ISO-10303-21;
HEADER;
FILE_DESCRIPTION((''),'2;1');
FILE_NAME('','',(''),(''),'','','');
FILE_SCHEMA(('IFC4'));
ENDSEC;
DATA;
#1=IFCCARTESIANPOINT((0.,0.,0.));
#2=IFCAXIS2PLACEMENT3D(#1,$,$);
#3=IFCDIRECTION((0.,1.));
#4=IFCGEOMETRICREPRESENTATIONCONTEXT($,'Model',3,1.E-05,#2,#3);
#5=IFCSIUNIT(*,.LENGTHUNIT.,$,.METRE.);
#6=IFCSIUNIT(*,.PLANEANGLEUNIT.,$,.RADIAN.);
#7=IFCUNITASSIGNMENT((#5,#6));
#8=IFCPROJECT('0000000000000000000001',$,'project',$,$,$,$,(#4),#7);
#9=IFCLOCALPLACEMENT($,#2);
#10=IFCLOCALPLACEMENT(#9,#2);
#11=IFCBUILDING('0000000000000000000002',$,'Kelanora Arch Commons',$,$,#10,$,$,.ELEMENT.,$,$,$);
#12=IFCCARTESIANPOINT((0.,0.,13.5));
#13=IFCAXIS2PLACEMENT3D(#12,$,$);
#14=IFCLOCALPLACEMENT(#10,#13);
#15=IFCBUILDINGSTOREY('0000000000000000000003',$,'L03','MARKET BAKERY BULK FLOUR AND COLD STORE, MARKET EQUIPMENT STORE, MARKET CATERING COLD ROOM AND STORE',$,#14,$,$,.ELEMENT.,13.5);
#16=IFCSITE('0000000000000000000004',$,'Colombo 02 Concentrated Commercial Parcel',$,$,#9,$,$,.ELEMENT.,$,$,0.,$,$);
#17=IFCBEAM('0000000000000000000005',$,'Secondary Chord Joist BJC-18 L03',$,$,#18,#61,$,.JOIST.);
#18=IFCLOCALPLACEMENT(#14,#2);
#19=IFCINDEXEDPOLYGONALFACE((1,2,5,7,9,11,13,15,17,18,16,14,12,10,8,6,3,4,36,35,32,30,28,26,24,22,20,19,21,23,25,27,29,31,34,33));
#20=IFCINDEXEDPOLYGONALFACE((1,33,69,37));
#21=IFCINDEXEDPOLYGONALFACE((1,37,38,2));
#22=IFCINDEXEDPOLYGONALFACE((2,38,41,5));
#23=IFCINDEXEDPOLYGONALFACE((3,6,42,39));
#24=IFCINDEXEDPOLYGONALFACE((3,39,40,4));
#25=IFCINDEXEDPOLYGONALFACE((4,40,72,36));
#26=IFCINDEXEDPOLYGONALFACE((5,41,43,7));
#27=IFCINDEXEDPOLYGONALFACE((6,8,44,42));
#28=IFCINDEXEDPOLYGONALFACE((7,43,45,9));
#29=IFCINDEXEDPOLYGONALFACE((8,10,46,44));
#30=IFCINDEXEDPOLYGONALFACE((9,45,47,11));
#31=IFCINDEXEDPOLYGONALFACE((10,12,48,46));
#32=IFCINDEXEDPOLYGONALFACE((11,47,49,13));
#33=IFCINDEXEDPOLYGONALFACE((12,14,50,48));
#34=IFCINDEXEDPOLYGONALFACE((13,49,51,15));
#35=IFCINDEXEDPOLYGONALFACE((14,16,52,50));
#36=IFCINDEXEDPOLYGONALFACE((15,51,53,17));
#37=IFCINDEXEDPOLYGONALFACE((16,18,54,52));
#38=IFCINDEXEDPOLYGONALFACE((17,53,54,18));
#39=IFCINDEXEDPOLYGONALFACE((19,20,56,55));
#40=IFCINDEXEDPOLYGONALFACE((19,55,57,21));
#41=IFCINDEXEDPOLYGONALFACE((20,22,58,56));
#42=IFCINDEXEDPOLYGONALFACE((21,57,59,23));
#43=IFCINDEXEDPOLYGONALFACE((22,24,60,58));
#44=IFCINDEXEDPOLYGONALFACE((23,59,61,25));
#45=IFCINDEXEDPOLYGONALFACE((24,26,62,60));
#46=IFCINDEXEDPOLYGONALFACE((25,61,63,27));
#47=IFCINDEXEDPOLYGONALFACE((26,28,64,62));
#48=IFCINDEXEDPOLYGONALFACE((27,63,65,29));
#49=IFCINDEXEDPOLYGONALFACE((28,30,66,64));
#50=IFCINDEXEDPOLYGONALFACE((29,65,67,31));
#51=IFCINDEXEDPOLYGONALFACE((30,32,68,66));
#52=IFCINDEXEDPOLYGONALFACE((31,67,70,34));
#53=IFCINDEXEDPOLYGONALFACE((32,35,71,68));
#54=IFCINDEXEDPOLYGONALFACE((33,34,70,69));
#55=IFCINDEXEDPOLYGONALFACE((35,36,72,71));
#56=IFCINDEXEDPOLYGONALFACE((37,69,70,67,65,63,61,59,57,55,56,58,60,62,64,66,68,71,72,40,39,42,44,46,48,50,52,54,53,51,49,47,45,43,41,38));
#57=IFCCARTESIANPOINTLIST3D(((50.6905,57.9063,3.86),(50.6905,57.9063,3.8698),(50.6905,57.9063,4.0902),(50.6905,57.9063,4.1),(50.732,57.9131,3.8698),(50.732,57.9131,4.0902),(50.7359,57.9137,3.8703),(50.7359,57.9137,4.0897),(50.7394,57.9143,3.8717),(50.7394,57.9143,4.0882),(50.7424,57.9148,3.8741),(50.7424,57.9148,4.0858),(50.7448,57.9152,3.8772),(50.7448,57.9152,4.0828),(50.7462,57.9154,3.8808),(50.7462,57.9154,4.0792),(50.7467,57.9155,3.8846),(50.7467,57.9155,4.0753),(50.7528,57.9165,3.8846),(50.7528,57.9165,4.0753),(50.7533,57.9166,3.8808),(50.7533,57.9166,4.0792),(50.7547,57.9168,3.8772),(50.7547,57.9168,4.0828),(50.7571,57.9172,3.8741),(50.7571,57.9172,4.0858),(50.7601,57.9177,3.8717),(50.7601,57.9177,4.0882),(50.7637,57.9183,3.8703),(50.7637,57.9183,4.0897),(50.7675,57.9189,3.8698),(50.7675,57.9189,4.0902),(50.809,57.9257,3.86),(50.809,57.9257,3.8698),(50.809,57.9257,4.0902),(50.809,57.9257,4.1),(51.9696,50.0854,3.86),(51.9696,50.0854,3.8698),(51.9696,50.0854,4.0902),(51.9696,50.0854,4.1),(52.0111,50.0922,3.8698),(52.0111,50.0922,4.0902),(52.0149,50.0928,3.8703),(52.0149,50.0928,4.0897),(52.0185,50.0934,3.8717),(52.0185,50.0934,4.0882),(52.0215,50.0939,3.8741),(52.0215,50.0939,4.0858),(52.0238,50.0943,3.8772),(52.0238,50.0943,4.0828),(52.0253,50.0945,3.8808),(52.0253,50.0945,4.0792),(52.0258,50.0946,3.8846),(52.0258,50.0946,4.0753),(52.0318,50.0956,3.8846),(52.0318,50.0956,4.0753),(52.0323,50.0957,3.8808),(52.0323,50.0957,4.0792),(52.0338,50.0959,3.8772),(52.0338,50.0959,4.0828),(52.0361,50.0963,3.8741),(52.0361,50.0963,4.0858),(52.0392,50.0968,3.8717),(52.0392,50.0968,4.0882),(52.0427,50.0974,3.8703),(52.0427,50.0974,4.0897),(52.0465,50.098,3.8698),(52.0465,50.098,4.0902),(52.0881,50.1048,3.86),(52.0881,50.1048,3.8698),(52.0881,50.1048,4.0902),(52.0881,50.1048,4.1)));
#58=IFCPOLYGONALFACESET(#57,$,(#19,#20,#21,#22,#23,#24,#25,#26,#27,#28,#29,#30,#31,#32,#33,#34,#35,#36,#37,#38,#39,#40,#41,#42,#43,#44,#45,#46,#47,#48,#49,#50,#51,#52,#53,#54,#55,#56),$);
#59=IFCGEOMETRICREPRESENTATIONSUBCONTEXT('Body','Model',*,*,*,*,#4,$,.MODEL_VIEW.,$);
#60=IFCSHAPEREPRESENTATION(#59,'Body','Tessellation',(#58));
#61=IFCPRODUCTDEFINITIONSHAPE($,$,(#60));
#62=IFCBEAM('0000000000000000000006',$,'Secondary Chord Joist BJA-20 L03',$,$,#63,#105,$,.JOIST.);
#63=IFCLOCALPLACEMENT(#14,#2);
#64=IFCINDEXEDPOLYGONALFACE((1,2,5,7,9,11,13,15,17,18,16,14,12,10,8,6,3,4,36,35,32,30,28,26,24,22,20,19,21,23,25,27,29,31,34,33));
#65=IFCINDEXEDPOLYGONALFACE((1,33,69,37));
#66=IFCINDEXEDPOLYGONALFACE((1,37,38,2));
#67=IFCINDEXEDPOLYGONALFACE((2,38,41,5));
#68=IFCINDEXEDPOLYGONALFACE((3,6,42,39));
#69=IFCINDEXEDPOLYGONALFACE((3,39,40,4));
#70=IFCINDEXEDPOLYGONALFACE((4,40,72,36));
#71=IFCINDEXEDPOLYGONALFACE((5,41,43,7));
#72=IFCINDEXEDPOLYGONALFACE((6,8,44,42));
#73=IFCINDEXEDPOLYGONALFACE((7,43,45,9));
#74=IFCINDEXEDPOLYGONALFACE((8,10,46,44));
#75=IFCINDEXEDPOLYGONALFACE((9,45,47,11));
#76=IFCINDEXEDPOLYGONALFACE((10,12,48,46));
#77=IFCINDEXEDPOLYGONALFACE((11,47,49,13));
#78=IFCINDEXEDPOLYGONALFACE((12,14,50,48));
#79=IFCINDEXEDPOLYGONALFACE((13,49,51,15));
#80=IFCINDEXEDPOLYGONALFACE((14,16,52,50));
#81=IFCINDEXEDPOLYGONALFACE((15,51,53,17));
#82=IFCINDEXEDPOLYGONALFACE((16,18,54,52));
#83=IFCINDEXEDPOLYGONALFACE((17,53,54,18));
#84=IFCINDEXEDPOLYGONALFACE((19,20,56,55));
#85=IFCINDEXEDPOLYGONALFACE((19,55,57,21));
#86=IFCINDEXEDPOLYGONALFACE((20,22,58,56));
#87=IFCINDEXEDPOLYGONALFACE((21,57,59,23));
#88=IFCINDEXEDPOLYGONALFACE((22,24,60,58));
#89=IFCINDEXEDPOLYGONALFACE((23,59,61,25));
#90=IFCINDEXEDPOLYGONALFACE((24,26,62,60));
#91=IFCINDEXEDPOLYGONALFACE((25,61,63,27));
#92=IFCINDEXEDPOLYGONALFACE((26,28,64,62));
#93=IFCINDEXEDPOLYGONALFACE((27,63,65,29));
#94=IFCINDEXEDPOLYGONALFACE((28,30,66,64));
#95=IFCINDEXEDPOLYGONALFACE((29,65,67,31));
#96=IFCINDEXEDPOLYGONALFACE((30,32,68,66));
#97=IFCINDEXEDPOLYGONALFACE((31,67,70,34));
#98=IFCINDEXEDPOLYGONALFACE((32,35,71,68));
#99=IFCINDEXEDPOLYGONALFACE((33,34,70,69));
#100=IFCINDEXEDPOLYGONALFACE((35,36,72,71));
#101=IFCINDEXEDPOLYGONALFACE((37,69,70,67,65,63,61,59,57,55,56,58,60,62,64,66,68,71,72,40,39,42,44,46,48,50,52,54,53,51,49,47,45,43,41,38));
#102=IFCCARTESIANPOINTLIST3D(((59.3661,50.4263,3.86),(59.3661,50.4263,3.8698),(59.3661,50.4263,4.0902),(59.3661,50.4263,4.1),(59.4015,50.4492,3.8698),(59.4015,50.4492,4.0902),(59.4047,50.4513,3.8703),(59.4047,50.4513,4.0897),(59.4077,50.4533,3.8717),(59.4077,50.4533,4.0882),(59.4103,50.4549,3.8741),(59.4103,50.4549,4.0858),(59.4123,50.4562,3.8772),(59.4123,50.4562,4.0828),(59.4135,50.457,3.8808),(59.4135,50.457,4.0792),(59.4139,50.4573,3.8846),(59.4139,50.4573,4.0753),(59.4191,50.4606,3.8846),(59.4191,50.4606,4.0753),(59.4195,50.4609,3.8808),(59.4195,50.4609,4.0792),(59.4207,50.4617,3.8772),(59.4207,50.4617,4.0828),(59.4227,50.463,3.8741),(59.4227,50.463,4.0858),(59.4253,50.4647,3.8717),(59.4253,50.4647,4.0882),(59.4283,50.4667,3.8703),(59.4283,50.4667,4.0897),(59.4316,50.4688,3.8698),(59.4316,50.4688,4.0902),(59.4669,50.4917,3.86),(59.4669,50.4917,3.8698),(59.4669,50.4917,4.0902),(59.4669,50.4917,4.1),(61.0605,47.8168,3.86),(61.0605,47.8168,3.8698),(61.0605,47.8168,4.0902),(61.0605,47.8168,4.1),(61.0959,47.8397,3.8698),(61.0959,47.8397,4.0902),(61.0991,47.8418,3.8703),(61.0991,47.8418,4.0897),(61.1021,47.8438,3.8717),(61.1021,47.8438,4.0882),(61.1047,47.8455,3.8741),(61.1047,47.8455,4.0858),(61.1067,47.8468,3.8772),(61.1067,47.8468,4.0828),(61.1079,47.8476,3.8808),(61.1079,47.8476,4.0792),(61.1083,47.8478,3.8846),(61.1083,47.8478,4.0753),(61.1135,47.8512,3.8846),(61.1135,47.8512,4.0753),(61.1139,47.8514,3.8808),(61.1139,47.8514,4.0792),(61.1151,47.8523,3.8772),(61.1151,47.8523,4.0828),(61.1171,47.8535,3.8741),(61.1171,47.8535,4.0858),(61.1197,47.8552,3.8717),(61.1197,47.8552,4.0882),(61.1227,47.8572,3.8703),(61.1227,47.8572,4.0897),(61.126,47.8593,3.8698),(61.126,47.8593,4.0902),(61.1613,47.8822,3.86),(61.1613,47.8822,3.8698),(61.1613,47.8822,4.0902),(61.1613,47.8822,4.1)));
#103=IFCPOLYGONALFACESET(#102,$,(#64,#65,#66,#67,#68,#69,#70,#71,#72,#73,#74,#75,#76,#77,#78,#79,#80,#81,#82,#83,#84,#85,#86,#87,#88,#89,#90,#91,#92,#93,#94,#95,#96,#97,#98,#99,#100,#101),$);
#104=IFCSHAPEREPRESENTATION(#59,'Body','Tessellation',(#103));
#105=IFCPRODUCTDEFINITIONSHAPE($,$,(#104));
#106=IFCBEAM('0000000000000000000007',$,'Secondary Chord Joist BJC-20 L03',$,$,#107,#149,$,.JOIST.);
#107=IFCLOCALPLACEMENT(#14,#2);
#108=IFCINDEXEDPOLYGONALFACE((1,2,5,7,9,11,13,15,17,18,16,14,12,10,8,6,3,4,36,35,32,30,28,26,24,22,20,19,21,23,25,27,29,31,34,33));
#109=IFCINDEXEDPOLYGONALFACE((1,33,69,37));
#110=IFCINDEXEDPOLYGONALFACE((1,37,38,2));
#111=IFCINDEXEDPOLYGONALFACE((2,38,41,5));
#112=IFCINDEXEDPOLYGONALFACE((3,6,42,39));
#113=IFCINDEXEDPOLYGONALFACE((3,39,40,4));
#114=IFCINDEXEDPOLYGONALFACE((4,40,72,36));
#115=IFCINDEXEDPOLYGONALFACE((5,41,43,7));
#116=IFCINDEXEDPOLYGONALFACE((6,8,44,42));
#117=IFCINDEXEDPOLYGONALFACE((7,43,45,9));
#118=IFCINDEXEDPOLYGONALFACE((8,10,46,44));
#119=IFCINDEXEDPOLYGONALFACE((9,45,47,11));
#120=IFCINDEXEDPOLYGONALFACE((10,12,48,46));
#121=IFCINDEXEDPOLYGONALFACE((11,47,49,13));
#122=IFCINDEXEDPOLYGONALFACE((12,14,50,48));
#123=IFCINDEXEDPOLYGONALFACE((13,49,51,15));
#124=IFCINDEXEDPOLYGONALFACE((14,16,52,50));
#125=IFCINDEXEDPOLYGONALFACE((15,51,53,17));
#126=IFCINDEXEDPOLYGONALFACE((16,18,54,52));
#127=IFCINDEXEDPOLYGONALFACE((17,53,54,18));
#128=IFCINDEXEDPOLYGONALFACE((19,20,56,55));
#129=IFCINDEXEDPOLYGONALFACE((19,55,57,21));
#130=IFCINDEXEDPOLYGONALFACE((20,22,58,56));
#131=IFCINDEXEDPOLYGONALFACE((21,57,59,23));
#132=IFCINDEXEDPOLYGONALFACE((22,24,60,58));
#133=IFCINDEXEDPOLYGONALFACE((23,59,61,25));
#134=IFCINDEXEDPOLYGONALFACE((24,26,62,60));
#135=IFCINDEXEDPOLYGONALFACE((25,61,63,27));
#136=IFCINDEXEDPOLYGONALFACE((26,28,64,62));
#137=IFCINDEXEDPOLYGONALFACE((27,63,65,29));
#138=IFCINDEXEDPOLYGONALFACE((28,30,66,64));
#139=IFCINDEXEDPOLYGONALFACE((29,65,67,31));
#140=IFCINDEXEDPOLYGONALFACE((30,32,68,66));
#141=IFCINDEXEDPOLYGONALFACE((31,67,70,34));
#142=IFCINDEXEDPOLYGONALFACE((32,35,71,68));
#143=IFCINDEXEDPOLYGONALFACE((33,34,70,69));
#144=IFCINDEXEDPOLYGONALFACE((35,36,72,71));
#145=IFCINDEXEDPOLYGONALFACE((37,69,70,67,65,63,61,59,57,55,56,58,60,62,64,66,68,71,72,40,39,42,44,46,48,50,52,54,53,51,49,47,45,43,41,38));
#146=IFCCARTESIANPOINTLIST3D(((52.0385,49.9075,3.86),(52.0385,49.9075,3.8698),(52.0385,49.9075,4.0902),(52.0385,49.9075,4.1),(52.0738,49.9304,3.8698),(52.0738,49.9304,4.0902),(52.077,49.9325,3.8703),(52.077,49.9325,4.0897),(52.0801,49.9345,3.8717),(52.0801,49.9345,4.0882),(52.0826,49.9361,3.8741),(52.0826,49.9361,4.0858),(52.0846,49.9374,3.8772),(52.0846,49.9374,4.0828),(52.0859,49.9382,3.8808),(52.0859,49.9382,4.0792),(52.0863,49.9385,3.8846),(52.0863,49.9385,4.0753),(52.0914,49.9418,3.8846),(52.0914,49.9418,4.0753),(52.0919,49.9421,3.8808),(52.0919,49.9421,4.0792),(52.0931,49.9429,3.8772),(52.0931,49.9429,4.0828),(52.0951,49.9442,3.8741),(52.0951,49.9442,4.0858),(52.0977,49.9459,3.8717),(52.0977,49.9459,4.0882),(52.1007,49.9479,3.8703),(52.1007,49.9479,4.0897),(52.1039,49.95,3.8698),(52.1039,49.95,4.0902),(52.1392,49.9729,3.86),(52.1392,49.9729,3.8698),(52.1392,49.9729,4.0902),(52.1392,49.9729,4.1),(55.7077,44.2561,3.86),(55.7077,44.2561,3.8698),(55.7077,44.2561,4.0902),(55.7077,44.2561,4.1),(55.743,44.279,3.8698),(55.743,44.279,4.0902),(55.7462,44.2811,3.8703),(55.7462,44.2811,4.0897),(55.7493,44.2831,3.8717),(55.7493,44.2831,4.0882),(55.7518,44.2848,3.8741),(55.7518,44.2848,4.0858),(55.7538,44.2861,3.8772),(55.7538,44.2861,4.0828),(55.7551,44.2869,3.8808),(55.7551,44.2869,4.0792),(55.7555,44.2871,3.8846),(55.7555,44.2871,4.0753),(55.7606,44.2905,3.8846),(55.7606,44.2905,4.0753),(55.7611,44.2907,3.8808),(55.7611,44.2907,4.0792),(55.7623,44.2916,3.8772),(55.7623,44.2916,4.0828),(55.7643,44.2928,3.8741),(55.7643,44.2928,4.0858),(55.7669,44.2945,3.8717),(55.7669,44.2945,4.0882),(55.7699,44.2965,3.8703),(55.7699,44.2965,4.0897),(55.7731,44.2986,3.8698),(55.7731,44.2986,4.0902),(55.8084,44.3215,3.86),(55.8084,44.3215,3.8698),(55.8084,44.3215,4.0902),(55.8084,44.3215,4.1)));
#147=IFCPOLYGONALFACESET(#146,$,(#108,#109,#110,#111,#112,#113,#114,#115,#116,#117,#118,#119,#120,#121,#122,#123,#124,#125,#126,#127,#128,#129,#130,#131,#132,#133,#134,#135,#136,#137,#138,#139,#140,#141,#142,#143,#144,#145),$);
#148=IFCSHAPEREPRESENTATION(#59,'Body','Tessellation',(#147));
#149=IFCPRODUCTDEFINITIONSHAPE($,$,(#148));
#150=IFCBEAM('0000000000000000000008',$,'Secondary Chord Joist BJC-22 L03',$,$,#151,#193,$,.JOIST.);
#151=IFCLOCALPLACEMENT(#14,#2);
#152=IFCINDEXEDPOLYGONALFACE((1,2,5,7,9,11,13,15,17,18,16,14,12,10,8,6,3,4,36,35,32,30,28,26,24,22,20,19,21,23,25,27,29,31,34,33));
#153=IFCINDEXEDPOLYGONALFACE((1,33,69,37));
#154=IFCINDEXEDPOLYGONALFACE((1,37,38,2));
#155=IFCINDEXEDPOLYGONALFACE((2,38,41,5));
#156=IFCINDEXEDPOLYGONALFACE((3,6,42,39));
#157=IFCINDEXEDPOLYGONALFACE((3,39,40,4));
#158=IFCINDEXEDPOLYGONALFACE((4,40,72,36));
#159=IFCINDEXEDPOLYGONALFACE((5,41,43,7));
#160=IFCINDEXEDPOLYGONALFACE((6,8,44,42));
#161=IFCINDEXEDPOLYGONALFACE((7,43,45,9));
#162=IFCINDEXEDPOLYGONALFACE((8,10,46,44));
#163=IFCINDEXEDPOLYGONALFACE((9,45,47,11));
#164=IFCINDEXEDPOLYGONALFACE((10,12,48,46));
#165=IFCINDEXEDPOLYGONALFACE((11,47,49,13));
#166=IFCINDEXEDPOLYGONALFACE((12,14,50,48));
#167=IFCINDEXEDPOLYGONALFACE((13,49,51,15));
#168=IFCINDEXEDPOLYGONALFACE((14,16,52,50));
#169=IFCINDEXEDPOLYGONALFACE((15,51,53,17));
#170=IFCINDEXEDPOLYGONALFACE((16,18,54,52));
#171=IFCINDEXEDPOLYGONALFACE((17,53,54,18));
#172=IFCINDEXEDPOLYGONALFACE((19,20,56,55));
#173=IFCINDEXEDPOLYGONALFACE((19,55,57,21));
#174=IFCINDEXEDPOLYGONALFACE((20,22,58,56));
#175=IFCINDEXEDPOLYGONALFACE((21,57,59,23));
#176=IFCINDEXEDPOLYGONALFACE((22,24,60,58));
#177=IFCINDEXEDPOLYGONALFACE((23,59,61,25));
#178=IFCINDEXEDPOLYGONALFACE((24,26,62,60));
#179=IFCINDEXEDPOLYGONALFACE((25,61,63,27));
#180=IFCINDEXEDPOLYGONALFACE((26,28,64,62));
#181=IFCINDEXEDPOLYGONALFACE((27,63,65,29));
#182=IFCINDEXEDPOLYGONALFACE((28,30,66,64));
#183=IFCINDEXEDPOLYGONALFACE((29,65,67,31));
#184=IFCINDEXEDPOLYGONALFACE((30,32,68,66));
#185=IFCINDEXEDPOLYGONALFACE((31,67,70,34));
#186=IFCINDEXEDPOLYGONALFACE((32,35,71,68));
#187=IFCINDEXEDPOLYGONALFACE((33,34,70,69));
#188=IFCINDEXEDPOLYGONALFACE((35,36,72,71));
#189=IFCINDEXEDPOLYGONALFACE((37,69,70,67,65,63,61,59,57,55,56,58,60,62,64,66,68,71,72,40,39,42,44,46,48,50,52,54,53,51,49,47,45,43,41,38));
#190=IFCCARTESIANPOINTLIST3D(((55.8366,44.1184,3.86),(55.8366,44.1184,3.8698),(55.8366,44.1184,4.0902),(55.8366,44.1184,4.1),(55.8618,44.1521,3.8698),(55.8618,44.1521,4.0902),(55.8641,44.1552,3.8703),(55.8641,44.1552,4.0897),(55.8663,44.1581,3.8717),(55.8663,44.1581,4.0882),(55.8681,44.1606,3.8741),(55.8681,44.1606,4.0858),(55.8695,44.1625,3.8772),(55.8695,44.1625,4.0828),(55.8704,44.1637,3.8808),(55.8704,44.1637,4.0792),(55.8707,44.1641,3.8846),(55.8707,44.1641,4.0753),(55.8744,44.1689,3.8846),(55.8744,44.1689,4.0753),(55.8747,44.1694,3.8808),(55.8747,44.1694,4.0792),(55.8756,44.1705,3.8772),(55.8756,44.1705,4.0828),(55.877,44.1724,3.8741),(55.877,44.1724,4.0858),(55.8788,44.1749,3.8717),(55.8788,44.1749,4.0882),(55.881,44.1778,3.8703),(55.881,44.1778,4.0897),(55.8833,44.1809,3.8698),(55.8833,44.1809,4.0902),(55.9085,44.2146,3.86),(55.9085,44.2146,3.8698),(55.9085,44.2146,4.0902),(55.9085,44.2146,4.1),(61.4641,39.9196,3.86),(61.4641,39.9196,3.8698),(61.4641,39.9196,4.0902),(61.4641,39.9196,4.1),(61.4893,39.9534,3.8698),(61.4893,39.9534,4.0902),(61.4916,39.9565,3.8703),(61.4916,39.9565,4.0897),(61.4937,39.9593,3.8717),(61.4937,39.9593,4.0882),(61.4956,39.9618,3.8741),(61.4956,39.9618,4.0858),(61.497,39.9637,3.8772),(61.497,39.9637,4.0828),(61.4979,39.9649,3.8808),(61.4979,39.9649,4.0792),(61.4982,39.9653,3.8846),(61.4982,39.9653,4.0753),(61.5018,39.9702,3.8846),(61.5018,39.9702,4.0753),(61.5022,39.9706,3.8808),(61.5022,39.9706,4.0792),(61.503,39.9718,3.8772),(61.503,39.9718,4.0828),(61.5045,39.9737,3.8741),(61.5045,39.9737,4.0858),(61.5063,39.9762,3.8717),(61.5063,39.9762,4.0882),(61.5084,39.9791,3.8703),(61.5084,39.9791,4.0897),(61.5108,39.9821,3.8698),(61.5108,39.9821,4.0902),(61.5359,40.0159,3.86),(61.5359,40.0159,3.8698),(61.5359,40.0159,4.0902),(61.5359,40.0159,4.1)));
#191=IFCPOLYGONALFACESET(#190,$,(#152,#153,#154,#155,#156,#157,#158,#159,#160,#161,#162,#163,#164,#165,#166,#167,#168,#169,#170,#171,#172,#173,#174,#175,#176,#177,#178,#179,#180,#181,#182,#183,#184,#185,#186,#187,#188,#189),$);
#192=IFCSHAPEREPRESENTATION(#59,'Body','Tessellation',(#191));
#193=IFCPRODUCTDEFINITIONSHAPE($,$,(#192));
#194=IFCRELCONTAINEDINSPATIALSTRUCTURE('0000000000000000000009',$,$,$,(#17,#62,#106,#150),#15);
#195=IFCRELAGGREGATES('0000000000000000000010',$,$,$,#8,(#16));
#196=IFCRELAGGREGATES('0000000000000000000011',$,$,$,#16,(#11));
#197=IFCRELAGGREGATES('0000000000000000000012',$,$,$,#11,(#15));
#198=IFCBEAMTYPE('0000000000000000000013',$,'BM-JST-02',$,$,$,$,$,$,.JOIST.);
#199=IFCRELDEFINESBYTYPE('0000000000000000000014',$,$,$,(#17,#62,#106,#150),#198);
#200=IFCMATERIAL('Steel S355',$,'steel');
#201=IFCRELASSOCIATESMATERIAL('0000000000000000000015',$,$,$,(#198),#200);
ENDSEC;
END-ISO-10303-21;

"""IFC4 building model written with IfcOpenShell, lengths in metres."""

from ifc_helpers import new_model, si_unit, direction, frame, origin, origin_2d, place, context, subcontext, project, spatial, i_section, extrude, material, material_profile, profile_set, type_object, element, save


model = new_model("IFC4")

# Units and contexts
model_context = context("Model", 3, precision=1e-05, world=origin(), true_north=direction((0.0, 1.0)))
body_context = subcontext(model_context, "Body", "Model", "MODEL_VIEW")
ifc_project = project(units=[si_unit("LENGTHUNIT", "METRE"), si_unit("PLANEANGLEUNIT", "RADIAN")], contexts=[model_context])

# Site, building, storey
site_placement = place(None, origin())
site = spatial("IfcSite", under=ifc_project, at=site_placement, Name="Colombo 02 Concentrated Commercial Parcel", CompositionType="ELEMENT", RefElevation=0.0)
building_placement = place(site_placement, origin())
building = spatial("IfcBuilding", under=site, at=building_placement, Name="Kelanora Arch Commons", CompositionType="ELEMENT")
storey_placement = place(building_placement, frame((0.0, 0.0, 13.5)))
storey = spatial("IfcBuildingStorey", under=building, at=storey_placement, Name="L03", Description="MARKET BAKERY BULK FLOUR AND COLD STORE, MARKET EQUIPMENT STORE, MARKET CATERING COLD ROOM AND STORE", CompositionType="ELEMENT", Elevation=13.5)

# Beams
ifc_material_1 = material(Name="Steel S355", Category="steel")
ifc_material_profile_1 = material_profile(ifc_material_1, i_section(OverallWidth=0.1201, OverallDepth=0.24, WebThickness=0.0061, FlangeThickness=0.0098, FilletRadius=0.0149, at=origin_2d()), Name="IPE240")
ifc_profile_set_1 = profile_set([ifc_material_profile_1], Name="Steel S355")
beam_type_1 = type_object("IfcBeamType", Name="BM-JST-02", PredefinedType="JOIST", material=ifc_profile_set_1)
beam_1_placement = place(storey_placement, frame((50.7498, 57.916, 3.98), z_axis=(0.161401, -0.986889, 0.0), x_axis=(0.986889, 0.161401, 0.0)))
element("IfcBeam", 1, at=beam_1_placement, inside=storey, type_object=beam_type_1, Name="Secondary Chord Joist BJC-18 L03", PredefinedType="JOIST", context=body_context, shape_type="SweptSolid", body=[
    extrude(i_section(OverallWidth=0.1201, OverallDepth=0.24, WebThickness=0.0061, FlangeThickness=0.0098, FilletRadius=0.0149, at=origin_2d()), origin(), (0.0, 0.0, 1.0), 7.9248),
])
beam_2_placement = place(storey_placement, frame((59.4165, 50.459, 3.98), z_axis=(0.544591, -0.838702, 0.0), x_axis=(0.838702, 0.544591, 0.0)))
element("IfcBeam", 2, at=beam_2_placement, inside=storey, type_object=beam_type_1, Name="Secondary Chord Joist BJA-20 L03", PredefinedType="JOIST", context=body_context, shape_type="SweptSolid", body=[
    extrude(i_section(OverallWidth=0.1201, OverallDepth=0.24, WebThickness=0.0061, FlangeThickness=0.0098, FilletRadius=0.0149, at=origin_2d()), origin(), (0.0, 0.0, 1.0), 3.1113),
])
beam_3_placement = place(storey_placement, frame((52.0889, 49.9402, 3.98), z_axis=(0.54455, -0.838728, 0.0), x_axis=(0.838728, 0.54455, 0.0)))
element("IfcBeam", 3, at=beam_3_placement, inside=storey, type_object=beam_type_1, Name="Secondary Chord Joist BJC-20 L03", PredefinedType="JOIST", context=body_context, shape_type="SweptSolid", body=[
    extrude(i_section(OverallWidth=0.1201, OverallDepth=0.24, WebThickness=0.0061, FlangeThickness=0.0098, FilletRadius=0.0149, at=origin_2d()), origin(), (0.0, 0.0, 1.0), 6.738),
])
beam_4_placement = place(storey_placement, frame((55.8726, 44.1665, 3.98), z_axis=(0.801491, -0.598006, 0.0), x_axis=(0.598006, 0.801491, 0.0)))
element("IfcBeam", 4, at=beam_4_placement, inside=storey, type_object=beam_type_1, Name="Secondary Chord Joist BJC-22 L03", PredefinedType="JOIST", context=body_context, shape_type="SweptSolid", body=[
    extrude(i_section(OverallWidth=0.1201, OverallDepth=0.24, WebThickness=0.0061, FlangeThickness=0.0098, FilletRadius=0.0149, at=origin_2d()), origin(), (0.0, 0.0, 1.0), 7.0212),
])

save(model, "model.ifc")
